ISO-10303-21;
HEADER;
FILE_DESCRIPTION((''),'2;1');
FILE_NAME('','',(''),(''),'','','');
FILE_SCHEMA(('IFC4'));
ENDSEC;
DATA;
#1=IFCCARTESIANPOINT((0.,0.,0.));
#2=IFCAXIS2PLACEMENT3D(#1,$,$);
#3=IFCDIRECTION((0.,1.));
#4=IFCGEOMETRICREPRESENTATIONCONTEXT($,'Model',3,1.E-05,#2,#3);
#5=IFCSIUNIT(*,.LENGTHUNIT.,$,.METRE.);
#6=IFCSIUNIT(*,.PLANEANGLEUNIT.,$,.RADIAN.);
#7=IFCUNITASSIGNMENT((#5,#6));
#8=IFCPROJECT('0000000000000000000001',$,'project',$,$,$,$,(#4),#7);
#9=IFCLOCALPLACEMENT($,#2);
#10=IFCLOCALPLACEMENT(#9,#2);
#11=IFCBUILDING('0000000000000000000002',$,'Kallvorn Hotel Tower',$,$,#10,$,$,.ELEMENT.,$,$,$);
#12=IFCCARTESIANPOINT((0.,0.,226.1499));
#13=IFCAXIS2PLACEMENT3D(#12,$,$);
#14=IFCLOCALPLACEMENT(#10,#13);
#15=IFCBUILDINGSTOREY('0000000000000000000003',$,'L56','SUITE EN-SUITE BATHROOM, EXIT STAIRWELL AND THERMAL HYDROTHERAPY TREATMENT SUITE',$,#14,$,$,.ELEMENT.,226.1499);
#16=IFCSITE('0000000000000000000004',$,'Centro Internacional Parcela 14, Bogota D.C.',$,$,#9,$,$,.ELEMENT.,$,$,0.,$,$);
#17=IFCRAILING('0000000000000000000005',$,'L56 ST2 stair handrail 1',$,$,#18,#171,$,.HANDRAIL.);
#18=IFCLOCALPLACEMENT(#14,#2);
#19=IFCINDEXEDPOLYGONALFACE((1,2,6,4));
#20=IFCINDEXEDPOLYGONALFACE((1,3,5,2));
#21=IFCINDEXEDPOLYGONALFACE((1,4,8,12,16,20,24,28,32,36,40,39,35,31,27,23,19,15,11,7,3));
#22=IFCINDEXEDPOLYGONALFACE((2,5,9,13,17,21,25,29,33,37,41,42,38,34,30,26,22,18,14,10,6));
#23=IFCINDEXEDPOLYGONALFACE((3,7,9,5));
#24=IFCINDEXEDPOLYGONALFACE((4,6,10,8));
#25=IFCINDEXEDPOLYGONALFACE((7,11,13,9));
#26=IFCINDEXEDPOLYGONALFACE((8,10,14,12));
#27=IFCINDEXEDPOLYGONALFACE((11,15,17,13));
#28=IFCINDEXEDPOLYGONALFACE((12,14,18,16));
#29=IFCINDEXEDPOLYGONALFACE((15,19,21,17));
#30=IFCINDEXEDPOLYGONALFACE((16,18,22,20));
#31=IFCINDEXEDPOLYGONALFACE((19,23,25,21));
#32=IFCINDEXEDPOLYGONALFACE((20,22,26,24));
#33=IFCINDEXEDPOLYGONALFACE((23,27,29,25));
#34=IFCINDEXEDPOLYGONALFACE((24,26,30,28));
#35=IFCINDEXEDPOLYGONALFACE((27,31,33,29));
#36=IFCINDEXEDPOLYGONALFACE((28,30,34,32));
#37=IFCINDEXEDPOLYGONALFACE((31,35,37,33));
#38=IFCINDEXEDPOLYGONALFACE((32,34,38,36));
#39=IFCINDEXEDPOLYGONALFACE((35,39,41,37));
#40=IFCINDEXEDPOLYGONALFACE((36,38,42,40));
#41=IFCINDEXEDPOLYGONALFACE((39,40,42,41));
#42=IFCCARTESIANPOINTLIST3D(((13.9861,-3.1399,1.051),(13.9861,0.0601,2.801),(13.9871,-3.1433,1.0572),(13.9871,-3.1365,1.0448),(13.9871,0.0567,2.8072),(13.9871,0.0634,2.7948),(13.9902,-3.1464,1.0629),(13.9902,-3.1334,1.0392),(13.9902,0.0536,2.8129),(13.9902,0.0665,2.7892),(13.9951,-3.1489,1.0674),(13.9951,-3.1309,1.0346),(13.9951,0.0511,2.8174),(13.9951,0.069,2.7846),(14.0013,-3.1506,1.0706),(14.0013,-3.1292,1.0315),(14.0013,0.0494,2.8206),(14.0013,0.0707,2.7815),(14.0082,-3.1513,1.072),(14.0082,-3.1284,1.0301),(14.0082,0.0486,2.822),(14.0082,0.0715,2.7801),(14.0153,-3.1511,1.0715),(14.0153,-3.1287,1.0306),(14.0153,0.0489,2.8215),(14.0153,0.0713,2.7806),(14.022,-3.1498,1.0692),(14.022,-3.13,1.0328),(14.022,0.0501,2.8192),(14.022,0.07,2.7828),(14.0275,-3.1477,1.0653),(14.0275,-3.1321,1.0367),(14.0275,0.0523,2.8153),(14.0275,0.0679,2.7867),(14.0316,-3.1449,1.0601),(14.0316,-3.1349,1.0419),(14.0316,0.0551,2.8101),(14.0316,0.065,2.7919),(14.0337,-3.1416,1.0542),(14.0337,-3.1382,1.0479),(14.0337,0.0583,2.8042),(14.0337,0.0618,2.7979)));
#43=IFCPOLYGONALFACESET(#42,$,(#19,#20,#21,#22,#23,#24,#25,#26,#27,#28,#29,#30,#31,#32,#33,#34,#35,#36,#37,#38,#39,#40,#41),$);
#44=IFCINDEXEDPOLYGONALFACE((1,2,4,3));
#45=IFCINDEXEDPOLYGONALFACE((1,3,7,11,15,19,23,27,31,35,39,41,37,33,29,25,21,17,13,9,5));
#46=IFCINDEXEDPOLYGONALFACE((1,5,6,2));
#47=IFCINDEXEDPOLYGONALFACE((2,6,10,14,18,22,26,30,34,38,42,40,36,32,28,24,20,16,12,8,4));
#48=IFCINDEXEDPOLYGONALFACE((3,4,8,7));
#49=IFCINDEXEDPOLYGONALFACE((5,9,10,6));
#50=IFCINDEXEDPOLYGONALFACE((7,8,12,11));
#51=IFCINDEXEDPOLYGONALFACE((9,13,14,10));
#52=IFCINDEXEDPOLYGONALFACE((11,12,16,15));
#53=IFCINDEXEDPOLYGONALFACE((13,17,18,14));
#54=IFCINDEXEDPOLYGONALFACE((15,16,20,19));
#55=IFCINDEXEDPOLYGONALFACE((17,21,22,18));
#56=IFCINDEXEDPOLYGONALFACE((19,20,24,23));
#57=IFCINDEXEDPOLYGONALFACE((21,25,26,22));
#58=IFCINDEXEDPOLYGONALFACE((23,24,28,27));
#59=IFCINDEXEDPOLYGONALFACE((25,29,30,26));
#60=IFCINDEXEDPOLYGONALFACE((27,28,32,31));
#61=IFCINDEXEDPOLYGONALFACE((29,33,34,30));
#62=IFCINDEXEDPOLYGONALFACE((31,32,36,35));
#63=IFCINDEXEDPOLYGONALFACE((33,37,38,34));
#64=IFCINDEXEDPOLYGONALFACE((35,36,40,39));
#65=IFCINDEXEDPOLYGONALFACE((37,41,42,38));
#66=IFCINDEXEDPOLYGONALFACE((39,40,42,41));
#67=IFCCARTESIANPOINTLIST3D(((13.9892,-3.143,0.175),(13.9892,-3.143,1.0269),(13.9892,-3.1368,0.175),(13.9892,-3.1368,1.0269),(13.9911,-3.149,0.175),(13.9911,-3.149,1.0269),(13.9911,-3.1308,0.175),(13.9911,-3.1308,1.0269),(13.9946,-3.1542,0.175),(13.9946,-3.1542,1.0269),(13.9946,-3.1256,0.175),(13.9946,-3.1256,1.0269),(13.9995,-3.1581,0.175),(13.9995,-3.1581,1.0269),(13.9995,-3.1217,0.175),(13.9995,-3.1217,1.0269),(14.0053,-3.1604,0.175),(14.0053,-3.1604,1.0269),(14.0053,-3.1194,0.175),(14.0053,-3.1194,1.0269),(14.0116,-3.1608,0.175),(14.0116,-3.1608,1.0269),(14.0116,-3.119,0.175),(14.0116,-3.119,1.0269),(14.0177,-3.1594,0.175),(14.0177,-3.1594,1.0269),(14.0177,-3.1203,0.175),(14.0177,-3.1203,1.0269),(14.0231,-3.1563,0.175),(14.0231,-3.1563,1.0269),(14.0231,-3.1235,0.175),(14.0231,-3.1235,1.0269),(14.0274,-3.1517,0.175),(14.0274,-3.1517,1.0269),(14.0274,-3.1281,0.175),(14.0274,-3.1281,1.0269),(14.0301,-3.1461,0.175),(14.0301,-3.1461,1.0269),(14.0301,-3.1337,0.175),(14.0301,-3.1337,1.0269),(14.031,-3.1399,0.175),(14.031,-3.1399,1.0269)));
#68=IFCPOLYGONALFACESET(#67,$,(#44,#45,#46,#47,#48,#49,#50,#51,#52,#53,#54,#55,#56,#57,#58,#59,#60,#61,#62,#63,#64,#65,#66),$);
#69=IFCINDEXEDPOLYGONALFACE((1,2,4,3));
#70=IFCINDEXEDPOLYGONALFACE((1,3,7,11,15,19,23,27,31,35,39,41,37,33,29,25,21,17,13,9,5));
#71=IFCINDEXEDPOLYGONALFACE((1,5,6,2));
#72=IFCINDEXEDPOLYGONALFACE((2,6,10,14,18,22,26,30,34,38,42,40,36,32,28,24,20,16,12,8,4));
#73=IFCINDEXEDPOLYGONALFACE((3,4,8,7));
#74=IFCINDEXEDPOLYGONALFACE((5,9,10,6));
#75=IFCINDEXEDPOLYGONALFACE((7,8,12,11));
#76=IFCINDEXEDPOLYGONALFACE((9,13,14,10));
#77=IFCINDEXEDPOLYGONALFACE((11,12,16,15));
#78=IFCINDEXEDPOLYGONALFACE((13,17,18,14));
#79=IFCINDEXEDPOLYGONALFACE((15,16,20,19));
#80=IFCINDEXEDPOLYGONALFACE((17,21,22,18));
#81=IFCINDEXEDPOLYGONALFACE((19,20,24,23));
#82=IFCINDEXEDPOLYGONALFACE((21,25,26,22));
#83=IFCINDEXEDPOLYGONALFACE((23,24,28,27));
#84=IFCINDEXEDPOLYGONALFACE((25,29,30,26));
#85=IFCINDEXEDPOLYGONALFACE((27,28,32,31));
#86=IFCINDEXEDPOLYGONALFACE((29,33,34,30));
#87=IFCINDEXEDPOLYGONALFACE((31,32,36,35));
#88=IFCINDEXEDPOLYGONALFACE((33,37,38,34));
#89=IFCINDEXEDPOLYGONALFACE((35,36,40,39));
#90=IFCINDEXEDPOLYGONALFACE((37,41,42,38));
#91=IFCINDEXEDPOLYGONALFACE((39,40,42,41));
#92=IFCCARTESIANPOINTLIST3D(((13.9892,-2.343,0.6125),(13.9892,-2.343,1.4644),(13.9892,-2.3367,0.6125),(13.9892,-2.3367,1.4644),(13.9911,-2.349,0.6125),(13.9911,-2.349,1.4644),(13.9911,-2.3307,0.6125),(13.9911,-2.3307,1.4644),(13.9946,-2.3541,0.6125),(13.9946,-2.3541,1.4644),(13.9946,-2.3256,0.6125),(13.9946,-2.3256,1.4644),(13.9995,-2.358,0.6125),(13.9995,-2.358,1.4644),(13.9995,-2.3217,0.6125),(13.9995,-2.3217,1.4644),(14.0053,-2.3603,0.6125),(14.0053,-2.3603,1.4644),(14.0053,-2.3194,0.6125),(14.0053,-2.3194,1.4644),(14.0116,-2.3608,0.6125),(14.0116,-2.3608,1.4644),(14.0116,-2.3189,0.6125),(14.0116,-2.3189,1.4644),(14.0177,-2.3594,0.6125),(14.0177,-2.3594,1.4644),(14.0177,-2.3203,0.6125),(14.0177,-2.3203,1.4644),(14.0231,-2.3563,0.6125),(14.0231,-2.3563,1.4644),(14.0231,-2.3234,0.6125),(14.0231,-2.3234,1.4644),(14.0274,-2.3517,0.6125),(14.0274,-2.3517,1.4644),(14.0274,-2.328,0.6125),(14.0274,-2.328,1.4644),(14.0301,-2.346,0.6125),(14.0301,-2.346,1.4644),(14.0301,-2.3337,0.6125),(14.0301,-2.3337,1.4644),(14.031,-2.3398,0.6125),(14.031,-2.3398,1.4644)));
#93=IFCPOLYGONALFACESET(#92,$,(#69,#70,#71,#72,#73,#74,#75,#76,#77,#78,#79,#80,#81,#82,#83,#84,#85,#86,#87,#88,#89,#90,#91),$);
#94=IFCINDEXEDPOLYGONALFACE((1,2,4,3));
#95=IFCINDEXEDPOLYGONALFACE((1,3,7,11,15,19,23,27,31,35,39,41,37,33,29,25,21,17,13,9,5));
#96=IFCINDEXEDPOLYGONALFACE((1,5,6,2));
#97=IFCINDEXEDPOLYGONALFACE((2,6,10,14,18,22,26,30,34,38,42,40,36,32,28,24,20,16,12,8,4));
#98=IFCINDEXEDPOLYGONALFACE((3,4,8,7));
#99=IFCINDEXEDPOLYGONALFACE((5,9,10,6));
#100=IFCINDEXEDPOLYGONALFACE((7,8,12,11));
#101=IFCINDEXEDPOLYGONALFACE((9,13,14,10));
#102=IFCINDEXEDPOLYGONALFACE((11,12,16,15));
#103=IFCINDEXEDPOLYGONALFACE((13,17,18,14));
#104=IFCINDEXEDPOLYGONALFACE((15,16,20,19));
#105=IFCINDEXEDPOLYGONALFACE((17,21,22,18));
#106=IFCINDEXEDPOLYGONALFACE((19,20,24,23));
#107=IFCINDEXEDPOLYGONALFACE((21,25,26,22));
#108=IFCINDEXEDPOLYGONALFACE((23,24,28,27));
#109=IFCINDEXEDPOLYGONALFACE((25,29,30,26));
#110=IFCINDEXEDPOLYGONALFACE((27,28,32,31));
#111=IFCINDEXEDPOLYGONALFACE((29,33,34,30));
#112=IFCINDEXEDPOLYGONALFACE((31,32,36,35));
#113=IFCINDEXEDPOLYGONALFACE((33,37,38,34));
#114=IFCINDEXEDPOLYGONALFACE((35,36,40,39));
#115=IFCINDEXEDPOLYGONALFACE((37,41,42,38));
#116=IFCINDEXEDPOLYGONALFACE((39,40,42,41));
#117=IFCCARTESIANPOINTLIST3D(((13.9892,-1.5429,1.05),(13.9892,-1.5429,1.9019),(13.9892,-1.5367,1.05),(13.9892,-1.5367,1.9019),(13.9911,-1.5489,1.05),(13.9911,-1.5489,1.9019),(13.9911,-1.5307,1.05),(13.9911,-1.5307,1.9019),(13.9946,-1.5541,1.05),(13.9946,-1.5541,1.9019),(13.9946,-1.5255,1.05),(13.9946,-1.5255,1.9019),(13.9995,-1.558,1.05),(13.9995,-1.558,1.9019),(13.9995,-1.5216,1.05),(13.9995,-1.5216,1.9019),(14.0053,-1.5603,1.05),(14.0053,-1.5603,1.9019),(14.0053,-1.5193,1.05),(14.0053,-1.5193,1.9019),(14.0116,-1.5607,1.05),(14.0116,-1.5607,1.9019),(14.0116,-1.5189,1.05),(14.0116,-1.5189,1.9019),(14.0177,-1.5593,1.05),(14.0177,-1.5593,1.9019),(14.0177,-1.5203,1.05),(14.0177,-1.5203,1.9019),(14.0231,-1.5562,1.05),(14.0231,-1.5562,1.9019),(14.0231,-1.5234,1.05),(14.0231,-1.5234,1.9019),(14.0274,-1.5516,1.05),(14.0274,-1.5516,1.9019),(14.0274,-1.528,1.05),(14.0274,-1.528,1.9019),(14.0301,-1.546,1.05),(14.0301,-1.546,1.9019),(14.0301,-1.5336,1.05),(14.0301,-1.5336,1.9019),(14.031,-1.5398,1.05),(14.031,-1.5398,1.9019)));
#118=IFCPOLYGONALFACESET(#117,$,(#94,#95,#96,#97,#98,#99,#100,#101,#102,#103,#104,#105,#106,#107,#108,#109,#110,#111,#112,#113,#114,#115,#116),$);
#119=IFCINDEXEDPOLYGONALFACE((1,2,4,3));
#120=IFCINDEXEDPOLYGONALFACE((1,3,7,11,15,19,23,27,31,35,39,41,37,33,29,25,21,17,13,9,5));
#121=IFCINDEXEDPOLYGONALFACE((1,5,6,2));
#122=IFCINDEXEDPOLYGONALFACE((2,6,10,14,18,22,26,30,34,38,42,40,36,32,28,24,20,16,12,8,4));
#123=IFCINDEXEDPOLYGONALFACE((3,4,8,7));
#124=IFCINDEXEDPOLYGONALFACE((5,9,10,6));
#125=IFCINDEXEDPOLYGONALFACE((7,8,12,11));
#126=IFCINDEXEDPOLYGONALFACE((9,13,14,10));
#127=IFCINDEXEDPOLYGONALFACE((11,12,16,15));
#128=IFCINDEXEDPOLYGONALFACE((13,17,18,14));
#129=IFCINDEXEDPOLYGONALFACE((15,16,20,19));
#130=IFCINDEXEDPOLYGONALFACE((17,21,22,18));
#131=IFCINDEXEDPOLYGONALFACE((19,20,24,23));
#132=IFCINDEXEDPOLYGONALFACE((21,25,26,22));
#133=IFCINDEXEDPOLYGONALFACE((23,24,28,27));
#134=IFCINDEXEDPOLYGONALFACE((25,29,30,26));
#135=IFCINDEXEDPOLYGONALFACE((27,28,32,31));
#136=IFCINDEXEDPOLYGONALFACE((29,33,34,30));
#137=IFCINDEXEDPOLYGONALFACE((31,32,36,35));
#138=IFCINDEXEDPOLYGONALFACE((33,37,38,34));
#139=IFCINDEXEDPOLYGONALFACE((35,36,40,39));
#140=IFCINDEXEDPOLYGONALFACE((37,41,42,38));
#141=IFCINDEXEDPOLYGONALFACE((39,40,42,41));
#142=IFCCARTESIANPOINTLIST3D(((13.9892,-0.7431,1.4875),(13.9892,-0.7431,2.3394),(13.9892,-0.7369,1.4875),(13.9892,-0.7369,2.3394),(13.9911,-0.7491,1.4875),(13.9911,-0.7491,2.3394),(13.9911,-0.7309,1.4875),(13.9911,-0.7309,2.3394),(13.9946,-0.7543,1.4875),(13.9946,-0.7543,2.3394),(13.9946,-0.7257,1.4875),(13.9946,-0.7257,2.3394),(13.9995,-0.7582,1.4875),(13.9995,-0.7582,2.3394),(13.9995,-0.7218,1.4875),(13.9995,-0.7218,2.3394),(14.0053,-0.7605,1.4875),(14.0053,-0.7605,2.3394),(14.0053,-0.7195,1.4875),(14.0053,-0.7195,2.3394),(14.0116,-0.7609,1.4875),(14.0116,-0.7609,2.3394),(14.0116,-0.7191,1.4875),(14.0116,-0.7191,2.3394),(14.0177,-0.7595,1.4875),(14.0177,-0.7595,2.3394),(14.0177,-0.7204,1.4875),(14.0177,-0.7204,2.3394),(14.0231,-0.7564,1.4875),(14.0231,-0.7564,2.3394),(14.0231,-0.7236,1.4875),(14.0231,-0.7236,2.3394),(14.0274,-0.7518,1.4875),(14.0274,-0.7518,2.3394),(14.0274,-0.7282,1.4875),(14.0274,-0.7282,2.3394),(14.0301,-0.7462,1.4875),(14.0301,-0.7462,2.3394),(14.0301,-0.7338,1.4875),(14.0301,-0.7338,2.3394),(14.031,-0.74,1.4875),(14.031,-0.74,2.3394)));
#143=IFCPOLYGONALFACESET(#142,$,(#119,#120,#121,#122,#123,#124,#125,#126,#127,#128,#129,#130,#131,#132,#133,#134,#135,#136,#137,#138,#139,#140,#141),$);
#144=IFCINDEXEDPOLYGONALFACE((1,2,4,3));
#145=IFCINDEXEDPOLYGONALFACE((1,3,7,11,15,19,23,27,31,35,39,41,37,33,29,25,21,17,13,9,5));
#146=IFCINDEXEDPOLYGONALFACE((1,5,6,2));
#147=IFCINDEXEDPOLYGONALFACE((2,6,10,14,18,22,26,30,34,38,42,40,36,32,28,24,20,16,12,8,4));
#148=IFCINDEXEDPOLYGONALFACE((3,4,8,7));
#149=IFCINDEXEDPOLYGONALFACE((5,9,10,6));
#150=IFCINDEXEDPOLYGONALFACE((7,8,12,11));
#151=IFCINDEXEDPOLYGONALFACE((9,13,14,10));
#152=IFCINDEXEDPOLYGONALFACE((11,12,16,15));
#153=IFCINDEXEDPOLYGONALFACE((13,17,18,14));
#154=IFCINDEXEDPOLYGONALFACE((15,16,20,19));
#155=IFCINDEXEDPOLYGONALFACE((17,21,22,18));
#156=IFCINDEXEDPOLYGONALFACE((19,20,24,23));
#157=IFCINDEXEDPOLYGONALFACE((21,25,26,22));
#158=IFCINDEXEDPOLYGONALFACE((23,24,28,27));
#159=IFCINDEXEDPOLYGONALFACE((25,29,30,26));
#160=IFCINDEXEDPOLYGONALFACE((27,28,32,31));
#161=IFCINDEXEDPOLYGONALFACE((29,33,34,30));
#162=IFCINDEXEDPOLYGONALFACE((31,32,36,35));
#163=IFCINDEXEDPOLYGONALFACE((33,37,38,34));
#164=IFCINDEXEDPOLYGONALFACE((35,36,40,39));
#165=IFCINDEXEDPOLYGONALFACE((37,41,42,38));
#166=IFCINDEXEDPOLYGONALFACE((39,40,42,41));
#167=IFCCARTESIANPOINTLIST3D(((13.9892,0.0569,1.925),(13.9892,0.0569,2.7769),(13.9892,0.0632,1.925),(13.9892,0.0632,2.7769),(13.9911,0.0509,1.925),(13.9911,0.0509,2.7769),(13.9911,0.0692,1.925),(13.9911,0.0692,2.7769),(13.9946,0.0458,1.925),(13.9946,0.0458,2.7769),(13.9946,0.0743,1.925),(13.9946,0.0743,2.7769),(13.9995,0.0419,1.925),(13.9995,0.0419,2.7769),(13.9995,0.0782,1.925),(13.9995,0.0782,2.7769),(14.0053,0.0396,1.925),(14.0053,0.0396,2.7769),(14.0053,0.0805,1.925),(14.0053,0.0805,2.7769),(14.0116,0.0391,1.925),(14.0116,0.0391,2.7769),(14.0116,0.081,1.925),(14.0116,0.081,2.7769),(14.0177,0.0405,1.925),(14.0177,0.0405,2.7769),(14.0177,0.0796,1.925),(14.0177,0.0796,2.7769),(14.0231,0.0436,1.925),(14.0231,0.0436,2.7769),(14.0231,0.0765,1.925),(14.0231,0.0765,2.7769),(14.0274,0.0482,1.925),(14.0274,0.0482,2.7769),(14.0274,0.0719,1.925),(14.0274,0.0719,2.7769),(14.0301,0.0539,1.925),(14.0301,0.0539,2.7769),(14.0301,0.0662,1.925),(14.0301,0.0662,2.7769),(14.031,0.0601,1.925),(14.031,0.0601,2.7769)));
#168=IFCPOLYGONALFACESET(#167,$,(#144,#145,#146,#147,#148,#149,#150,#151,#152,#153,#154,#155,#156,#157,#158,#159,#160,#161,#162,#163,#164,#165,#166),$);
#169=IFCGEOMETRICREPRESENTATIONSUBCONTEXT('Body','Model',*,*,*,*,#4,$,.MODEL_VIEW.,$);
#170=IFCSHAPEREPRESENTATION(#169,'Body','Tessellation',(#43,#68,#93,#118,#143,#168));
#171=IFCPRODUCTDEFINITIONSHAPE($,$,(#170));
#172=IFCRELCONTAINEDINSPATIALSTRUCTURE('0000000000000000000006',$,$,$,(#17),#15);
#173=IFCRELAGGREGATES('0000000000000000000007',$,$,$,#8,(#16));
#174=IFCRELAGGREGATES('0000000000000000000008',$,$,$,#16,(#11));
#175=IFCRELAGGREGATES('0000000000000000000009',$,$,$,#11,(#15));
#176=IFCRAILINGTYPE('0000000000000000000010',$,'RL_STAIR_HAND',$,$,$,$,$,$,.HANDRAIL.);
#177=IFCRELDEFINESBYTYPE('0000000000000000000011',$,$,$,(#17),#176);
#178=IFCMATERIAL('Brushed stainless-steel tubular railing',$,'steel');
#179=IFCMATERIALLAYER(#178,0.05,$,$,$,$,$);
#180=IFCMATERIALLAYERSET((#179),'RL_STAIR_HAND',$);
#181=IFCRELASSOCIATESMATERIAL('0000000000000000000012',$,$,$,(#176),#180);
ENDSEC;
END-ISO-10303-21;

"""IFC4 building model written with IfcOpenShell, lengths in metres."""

from ifc_helpers import new_model, si_unit, direction, frame, origin, origin_2d, place, context, subcontext, project, spatial, circle, extrude, material, layer, layer_set, type_object, element, save


model = new_model("IFC4")

# Units and contexts
model_context = context("Model", 3, precision=1e-05, world=origin(), true_north=direction((0.0, 1.0)))
body_context = subcontext(model_context, "Body", "Model", "MODEL_VIEW")
ifc_project = project(units=[si_unit("LENGTHUNIT", "METRE"), si_unit("PLANEANGLEUNIT", "RADIAN")], contexts=[model_context])

# Site, building, storey
site_placement = place(None, origin())
site = spatial("IfcSite", under=ifc_project, at=site_placement, Name="Centro Internacional Parcela 14, Bogota D.C.", CompositionType="ELEMENT", RefElevation=0.0)
building_placement = place(site_placement, origin())
building = spatial("IfcBuilding", under=site, at=building_placement, Name="Kallvorn Hotel Tower", CompositionType="ELEMENT")
storey_placement = place(building_placement, frame((0.0, 0.0, 226.1499)))
storey = spatial("IfcBuildingStorey", under=building, at=storey_placement, Name="L56", Description="SUITE EN-SUITE BATHROOM, EXIT STAIRWELL AND THERMAL HYDROTHERAPY TREATMENT SUITE", CompositionType="ELEMENT", Elevation=226.1499)

# Railing
ifc_material_1 = material(Name="Brushed stainless-steel tubular railing", Category="steel")
ifc_layer_1 = layer(ifc_material_1, 0.05)
ifc_layer_set_1 = layer_set([ifc_layer_1], Name="RL_STAIR_HAND")
railing_type_1 = type_object("IfcRailingType", Name="RL_STAIR_HAND", PredefinedType="HANDRAIL", material=ifc_layer_set_1)
railing_1_placement = place(storey_placement, frame((14.01, -3.1399, 0.175)))
element("IfcRailing", 1, at=railing_1_placement, inside=storey, type_object=railing_type_1, Name="L56 ST2 stair handrail 1", PredefinedType="HANDRAIL", context=body_context, shape_type="SweptSolid", body=[
    extrude(circle(Radius=0.0239, at=origin_2d()), frame((0.0, 0.0, 0.876), z_axis=(0.0, 0.877368, 0.479818), x_axis=(-1.0, 0.0, 0.0)), (0.0, 0.0, 1.0), 3.6472),
    extrude(circle(Radius=0.021, at=origin_2d()), origin(), (0.0, 0.0, 1.0), 0.8518),
    extrude(circle(Radius=0.021, at=origin_2d()), frame((0.0, 0.8, 0.4375)), (0.0, 0.0, 1.0), 0.8518),
    extrude(circle(Radius=0.021, at=origin_2d()), frame((0.0, 1.6001, 0.875)), (0.0, 0.0, 1.0), 0.8518),
    extrude(circle(Radius=0.021, at=origin_2d()), frame((0.0, 2.3999, 1.3125)), (0.0, 0.0, 1.0), 0.8518),
    extrude(circle(Radius=0.021, at=origin_2d()), frame((0.0, 3.2, 1.75)), (0.0, 0.0, 1.0), 0.8518),
])

save(model, "model.ifc")
